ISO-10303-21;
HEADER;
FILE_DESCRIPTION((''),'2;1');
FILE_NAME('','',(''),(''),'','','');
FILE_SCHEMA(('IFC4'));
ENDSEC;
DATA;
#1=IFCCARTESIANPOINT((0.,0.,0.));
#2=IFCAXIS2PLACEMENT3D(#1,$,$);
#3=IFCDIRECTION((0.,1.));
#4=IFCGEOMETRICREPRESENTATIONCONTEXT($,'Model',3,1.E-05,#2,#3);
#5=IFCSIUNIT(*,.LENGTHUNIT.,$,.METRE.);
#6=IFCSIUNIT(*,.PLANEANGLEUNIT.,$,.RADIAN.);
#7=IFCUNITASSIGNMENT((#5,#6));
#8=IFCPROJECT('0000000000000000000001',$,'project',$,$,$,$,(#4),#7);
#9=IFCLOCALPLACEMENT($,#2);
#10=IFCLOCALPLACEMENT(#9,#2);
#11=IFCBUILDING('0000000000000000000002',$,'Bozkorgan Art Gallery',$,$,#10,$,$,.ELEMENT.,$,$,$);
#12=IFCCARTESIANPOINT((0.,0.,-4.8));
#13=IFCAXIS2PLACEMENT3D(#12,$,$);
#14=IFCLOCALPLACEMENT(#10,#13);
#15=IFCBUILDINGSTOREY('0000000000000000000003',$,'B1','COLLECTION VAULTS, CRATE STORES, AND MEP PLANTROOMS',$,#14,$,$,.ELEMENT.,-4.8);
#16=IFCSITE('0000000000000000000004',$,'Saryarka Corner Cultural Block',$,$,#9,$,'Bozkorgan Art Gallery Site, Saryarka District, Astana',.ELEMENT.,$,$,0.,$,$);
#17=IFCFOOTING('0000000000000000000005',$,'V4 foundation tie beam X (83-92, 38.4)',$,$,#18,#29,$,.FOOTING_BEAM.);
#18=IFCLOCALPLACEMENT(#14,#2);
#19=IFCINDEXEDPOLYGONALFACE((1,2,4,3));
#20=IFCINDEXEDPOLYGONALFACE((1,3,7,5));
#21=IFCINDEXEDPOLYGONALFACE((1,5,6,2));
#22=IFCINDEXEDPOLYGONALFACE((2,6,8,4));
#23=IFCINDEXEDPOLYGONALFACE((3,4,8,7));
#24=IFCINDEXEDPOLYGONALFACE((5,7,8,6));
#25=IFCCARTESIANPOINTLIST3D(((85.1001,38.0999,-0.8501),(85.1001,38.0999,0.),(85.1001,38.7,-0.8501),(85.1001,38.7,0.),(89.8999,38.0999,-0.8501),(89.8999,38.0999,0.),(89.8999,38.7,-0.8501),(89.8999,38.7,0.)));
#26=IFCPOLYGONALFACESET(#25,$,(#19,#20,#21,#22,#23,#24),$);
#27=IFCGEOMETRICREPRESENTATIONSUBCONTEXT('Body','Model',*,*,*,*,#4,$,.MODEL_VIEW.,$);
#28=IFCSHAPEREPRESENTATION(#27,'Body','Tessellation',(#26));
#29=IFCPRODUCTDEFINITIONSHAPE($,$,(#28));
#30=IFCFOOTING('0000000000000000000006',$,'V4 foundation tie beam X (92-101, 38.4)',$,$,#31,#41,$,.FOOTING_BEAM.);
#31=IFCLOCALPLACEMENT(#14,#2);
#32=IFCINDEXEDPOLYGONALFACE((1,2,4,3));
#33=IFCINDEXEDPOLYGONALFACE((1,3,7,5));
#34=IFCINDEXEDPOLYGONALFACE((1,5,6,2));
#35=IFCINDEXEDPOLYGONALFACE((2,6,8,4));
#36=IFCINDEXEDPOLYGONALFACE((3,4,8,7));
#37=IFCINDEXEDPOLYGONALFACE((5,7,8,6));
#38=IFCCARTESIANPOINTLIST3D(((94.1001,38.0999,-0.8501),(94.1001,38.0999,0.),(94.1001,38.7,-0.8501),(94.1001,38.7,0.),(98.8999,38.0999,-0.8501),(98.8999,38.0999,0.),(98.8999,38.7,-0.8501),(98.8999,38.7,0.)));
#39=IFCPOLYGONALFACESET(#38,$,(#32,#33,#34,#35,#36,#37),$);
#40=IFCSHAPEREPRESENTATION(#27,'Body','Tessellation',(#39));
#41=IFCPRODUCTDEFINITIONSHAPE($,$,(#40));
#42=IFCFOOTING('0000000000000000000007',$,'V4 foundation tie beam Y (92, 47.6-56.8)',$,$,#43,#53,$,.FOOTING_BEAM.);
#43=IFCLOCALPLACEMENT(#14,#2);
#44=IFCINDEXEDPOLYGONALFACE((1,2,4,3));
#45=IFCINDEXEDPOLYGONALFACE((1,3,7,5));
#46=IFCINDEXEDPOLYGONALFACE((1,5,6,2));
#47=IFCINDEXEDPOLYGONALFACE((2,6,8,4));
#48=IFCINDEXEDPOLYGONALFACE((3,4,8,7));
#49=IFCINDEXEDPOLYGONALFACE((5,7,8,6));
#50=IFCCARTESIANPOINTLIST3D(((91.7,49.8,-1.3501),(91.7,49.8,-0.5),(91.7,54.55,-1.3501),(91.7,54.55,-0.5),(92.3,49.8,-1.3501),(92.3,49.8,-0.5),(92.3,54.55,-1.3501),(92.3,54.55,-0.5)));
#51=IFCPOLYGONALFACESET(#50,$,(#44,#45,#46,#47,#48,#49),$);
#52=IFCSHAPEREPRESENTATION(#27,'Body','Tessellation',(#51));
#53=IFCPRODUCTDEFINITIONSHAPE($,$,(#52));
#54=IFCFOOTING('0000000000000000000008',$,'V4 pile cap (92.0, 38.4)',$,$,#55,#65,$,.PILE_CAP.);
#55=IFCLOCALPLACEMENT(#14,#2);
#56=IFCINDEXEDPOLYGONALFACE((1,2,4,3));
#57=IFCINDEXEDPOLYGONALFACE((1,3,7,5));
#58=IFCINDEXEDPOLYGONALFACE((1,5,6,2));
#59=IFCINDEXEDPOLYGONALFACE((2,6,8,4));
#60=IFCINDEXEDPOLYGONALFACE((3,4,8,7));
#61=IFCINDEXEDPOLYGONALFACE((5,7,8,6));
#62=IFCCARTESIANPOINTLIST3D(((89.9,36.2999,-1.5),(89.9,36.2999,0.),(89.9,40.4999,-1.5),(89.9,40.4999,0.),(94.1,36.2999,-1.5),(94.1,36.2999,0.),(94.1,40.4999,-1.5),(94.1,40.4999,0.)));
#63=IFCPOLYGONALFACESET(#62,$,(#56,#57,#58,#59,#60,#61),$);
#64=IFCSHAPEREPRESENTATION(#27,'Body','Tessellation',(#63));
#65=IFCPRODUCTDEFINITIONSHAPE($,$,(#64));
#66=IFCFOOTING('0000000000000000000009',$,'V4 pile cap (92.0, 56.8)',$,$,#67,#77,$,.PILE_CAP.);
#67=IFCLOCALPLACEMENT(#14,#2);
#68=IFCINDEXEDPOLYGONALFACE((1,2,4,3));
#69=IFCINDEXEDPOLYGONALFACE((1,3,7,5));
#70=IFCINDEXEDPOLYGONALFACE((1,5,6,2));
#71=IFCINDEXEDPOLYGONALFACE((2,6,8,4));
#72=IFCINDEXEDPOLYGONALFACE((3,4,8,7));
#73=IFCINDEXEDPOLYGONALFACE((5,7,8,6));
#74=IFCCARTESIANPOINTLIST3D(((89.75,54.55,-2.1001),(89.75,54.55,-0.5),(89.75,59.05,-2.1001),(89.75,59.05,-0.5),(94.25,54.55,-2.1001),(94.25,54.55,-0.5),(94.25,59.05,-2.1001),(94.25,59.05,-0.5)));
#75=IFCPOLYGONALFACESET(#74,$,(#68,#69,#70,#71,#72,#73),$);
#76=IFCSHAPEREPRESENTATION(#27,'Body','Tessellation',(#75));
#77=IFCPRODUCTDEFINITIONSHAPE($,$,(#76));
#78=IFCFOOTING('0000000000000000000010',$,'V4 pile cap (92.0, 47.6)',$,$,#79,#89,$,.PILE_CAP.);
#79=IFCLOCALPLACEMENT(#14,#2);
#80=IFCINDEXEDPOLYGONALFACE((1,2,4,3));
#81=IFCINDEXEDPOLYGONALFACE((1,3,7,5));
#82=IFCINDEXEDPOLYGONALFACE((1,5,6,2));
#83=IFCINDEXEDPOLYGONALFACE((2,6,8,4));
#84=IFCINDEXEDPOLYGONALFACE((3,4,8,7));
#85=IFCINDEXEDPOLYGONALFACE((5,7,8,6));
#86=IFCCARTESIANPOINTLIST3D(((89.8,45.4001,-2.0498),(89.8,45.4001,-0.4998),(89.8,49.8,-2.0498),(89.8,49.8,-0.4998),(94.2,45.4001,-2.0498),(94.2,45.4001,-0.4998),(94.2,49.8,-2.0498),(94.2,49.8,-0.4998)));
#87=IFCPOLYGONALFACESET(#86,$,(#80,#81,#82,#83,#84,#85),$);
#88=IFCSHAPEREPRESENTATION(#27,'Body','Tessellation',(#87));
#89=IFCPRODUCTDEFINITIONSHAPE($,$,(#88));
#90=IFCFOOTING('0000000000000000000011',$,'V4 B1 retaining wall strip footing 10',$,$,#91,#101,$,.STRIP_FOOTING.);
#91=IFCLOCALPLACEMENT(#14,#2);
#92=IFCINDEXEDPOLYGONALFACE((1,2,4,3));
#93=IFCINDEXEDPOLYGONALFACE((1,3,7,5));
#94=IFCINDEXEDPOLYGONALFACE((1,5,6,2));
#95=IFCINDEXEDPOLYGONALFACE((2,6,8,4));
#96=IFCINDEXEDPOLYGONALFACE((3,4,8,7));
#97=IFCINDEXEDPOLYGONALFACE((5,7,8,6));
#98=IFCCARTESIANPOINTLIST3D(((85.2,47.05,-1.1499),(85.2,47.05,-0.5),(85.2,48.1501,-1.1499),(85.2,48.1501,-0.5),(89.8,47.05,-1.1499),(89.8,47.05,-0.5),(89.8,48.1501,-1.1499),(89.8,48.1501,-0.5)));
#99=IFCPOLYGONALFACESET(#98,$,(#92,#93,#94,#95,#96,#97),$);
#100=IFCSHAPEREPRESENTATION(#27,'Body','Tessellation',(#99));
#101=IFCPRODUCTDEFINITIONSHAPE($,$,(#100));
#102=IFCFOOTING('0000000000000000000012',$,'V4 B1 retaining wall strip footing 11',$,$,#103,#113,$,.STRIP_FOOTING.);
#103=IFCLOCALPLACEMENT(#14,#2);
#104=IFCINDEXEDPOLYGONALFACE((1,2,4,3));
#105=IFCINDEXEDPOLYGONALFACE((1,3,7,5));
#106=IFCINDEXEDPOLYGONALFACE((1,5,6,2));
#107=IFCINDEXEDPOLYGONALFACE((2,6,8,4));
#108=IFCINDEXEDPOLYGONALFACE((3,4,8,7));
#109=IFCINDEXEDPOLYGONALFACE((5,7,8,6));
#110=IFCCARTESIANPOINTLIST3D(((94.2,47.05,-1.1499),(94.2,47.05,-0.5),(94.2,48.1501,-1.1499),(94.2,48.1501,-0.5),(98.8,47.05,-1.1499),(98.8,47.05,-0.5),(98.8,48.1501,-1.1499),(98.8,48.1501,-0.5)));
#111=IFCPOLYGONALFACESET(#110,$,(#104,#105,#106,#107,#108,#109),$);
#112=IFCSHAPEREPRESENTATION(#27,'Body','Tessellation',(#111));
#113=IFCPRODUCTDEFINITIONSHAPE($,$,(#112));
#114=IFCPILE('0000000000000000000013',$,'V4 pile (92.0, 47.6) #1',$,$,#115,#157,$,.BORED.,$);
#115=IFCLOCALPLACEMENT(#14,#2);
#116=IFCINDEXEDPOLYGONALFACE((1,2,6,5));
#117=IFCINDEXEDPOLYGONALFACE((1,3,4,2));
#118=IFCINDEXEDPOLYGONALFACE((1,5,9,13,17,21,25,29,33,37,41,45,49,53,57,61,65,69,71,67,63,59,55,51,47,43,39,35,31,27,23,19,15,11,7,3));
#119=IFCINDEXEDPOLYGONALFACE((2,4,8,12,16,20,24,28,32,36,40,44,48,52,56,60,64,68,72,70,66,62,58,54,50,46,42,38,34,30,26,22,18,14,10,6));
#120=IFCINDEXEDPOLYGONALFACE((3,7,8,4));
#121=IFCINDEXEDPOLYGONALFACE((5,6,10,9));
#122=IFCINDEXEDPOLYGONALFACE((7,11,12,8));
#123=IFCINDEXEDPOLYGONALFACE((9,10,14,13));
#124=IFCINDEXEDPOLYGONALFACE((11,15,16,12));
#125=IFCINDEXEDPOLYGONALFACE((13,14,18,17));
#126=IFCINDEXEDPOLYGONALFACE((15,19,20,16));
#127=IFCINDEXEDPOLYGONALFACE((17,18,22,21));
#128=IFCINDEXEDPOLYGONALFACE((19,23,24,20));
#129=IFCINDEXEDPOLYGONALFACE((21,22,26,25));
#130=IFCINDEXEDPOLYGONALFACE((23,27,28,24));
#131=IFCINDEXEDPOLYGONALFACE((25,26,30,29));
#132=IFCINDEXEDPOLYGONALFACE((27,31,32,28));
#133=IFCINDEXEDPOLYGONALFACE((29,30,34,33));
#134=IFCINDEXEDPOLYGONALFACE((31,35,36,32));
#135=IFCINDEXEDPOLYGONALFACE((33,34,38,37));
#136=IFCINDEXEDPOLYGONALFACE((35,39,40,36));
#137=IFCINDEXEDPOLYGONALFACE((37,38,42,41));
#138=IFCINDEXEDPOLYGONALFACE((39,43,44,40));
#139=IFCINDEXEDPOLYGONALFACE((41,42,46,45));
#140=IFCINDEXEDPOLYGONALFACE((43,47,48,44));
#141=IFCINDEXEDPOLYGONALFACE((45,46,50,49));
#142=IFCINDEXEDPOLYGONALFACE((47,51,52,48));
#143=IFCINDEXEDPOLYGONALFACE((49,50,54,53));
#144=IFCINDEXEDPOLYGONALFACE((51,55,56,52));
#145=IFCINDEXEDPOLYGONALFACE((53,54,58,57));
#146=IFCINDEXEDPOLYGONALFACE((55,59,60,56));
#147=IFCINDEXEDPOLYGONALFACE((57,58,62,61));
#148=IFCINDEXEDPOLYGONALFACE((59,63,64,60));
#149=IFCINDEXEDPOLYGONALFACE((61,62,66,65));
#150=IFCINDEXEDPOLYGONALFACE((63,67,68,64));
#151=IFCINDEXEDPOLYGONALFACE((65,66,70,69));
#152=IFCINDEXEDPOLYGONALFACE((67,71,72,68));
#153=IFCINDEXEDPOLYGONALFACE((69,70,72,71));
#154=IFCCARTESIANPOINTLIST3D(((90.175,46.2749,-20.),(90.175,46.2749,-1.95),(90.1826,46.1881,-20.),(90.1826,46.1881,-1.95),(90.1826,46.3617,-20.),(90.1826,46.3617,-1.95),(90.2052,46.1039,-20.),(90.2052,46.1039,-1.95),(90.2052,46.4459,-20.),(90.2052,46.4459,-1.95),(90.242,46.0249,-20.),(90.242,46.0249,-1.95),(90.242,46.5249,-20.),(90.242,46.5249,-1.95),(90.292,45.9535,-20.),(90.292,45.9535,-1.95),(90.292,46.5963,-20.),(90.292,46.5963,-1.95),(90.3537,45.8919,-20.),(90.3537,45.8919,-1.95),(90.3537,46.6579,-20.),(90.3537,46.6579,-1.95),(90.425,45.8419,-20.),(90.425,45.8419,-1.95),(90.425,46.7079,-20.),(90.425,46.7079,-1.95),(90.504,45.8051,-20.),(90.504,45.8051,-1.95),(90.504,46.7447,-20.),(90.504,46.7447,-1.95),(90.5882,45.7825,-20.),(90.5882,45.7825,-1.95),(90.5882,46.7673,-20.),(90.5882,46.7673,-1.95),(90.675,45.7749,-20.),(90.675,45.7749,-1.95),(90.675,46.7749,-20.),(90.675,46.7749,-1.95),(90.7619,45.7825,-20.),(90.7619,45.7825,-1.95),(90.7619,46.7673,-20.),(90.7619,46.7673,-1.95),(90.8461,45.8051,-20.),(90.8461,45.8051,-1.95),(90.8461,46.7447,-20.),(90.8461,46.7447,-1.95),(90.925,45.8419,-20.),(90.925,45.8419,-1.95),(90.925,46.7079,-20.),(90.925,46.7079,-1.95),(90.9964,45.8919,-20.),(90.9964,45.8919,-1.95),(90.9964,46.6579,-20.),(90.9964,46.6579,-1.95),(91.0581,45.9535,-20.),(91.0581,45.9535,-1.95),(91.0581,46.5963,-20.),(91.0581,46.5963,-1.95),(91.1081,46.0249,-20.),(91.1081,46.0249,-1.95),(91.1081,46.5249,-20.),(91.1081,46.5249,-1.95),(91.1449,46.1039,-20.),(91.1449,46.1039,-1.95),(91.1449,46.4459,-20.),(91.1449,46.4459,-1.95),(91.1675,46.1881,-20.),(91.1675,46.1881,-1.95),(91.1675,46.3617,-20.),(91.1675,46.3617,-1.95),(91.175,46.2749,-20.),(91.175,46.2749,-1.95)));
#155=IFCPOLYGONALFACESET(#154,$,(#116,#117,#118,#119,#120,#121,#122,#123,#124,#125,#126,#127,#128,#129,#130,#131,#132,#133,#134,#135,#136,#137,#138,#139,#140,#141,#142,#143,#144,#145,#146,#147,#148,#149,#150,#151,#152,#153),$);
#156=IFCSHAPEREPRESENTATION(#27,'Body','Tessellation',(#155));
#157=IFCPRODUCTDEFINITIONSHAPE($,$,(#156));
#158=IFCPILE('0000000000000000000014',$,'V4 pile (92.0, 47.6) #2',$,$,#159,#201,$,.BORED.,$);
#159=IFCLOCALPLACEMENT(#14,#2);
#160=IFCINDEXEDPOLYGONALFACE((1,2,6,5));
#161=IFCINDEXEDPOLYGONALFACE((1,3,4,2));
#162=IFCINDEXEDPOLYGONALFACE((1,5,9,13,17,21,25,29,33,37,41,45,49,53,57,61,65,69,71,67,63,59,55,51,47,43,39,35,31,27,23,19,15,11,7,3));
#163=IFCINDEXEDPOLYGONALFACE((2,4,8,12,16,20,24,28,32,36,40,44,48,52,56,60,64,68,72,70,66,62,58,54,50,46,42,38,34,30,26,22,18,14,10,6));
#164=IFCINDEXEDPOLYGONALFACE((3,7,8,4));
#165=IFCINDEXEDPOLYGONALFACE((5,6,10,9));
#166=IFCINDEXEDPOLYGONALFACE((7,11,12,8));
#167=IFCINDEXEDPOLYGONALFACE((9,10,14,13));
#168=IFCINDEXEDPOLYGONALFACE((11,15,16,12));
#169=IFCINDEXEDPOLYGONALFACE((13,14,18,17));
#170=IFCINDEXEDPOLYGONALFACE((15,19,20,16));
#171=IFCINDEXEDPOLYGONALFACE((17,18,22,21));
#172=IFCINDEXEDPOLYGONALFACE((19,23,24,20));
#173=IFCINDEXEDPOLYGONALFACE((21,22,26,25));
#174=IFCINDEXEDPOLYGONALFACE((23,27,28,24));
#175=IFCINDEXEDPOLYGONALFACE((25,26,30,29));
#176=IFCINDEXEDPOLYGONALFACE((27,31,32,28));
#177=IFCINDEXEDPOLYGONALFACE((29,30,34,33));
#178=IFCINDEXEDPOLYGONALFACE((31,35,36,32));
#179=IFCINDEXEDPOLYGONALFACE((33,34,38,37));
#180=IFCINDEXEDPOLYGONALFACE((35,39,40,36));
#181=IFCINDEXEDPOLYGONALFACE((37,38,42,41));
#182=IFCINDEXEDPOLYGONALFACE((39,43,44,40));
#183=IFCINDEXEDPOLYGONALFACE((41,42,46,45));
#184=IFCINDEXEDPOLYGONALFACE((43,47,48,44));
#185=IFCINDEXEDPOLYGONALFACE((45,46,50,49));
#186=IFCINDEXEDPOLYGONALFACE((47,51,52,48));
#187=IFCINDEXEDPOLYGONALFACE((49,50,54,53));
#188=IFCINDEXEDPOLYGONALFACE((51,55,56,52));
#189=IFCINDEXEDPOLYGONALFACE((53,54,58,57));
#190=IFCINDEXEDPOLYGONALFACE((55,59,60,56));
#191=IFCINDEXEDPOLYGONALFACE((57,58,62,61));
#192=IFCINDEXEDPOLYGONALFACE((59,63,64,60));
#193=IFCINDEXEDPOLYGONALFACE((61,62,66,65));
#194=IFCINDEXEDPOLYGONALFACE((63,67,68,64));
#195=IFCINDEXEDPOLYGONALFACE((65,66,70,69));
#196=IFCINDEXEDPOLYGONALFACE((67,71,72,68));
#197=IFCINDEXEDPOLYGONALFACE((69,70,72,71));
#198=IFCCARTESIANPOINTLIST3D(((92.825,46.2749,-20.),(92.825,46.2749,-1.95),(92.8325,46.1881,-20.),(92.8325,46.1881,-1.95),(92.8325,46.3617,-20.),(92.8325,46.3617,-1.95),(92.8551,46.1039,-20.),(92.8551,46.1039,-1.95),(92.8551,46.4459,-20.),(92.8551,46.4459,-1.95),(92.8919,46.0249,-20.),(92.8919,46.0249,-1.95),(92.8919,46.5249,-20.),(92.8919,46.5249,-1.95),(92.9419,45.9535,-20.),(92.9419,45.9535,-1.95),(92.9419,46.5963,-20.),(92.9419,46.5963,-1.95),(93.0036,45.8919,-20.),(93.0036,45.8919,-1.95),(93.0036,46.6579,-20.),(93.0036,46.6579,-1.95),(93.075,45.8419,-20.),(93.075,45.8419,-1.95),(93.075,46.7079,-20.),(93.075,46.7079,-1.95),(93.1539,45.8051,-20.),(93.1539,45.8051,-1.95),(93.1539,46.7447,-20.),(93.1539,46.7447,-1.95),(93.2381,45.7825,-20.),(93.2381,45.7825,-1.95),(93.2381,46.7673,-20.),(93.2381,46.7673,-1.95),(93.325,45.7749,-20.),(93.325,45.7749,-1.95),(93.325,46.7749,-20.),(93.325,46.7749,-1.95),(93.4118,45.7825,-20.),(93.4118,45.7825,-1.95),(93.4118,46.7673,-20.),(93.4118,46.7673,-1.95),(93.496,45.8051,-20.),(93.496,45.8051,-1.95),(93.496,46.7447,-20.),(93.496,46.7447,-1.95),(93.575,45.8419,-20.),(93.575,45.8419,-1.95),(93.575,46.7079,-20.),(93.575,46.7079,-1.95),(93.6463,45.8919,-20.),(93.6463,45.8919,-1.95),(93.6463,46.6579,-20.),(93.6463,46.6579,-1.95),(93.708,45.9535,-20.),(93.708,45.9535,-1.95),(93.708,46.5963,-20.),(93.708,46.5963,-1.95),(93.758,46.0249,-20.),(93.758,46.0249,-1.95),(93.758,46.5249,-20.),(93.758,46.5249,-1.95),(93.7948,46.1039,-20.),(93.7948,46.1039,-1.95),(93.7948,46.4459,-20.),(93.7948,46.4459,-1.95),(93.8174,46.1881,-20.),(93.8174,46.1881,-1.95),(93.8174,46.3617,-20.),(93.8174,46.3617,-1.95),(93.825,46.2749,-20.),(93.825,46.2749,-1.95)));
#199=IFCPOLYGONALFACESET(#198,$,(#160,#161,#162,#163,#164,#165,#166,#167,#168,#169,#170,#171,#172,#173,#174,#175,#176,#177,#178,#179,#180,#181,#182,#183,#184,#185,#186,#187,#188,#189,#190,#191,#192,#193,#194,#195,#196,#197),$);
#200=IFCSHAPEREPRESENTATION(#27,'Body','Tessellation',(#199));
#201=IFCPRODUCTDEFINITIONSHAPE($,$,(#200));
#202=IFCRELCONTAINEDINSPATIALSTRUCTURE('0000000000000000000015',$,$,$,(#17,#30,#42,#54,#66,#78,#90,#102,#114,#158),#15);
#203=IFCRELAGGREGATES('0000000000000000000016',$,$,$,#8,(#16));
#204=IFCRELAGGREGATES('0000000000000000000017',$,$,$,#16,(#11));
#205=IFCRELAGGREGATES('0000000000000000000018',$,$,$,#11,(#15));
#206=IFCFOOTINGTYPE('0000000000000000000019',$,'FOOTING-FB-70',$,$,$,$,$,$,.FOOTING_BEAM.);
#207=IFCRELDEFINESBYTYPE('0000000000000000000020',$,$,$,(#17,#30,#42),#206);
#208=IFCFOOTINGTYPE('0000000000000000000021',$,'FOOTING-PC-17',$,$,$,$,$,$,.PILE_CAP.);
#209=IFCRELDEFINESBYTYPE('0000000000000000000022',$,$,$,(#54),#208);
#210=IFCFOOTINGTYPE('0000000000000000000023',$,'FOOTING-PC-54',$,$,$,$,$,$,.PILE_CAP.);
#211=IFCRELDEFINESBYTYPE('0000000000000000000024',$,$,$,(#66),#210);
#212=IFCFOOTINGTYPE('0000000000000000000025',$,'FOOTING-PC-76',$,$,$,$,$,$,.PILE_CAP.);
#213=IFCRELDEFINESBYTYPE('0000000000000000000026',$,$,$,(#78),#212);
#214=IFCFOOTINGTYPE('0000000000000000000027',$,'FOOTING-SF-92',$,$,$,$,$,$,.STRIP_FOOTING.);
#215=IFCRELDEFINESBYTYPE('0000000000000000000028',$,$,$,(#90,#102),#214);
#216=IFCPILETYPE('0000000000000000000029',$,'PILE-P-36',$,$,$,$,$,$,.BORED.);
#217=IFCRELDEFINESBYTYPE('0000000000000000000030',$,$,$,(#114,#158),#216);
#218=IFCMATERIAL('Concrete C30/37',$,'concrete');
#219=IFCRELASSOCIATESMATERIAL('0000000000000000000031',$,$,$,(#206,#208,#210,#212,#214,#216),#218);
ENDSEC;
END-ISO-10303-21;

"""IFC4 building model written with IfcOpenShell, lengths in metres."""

from ifc_helpers import new_model, si_unit, direction, frame, origin, origin_2d, place, context, subcontext, project, spatial, rectangle, circle, extrude, material, material_profile, profile_set, type_object, element, save


model = new_model("IFC4")

# Units and contexts
model_context = context("Model", 3, precision=1e-05, world=origin(), true_north=direction((0.0, 1.0)))
body_context = subcontext(model_context, "Body", "Model", "MODEL_VIEW")
ifc_project = project(units=[si_unit("LENGTHUNIT", "METRE"), si_unit("PLANEANGLEUNIT", "RADIAN")], contexts=[model_context])

# Site, building, storey
site_placement = place(None, origin())
site = spatial("IfcSite", under=ifc_project, at=site_placement, Name="Saryarka Corner Cultural Block", LongName="Bozkorgan Art Gallery Site, Saryarka District, Astana", CompositionType="ELEMENT", RefElevation=0.0)
building_placement = place(site_placement, origin())
building = spatial("IfcBuilding", under=site, at=building_placement, Name="Bozkorgan Art Gallery", CompositionType="ELEMENT")
storey_placement = place(building_placement, frame((0.0, 0.0, -4.8)))
storey = spatial("IfcBuildingStorey", under=building, at=storey_placement, Name="B1", Description="COLLECTION VAULTS, CRATE STORES, AND MEP PLANTROOMS", CompositionType="ELEMENT", Elevation=-4.8)

# Footings
ifc_material_1 = material(Name="Concrete C30/37", Category="concrete")
ifc_material_profile_1 = material_profile(ifc_material_1, rectangle(XDim=0.6001, YDim=0.8501, at=origin_2d()), Name="FND 600x850")
ifc_profile_set_1 = profile_set([ifc_material_profile_1], Name="Concrete C30/37")
footing_type_1 = type_object("IfcFootingType", Name="FOOTING-FB-70", PredefinedType="FOOTING_BEAM", material=ifc_profile_set_1)
for number, where, z_axis, x_axis, name in (
    (1, (85.1001, 38.3999, -0.425), (1.0, 0.0, 0.0), (0.0, 1.0, 0.0), "V4 foundation tie beam X (83-92, 38.4)"),
    (2, (94.1001, 38.3999, -0.425), (1.0, 0.0, 0.0), (0.0, 1.0, 0.0), "V4 foundation tie beam X (92-101, 38.4)"),
):
    element("IfcFooting", number, at=place(storey_placement, frame(where, z_axis=z_axis, x_axis=x_axis)), inside=storey, type_object=footing_type_1, Name=name, PredefinedType="FOOTING_BEAM", context=body_context, shape_type="SweptSolid", body=[
        extrude(rectangle(XDim=0.6001, YDim=0.8501, at=origin_2d()), origin(), (0.0, 0.0, 1.0), 4.7998),
    ])
footing_1_placement = place(storey_placement, frame((92.0, 49.8, -0.925), z_axis=(0.0, 1.0, 0.0), x_axis=(-1.0, 0.0, 0.0)))
element("IfcFooting", 3, at=footing_1_placement, inside=storey, type_object=footing_type_1, Name="V4 foundation tie beam Y (92, 47.6-56.8)", PredefinedType="FOOTING_BEAM", context=body_context, shape_type="SweptSolid", body=[
    extrude(rectangle(XDim=0.6001, YDim=0.8501, at=origin_2d()), origin(), (0.0, 0.0, 1.0), 4.75),
])
footing_type_2 = type_object("IfcFootingType", Name="FOOTING-PC-17", PredefinedType="PILE_CAP", material=ifc_material_1)
footing_2_placement = place(storey_placement, frame((92.0, 38.3999, -1.5), z_axis=(0.0, 0.0, 1.0), x_axis=(1.0, 0.0, 0.0)))
element("IfcFooting", 4, at=footing_2_placement, inside=storey, type_object=footing_type_2, Name="V4 pile cap (92.0, 38.4)", PredefinedType="PILE_CAP", context=body_context, shape_type="SweptSolid", body=[
    extrude(rectangle(XDim=4.2, YDim=4.2, at=origin_2d()), origin(), (0.0, 0.0, 1.0), 1.5),
])
footing_type_3 = type_object("IfcFootingType", Name="FOOTING-PC-54", PredefinedType="PILE_CAP", material=ifc_material_1)
footing_3_placement = place(storey_placement, frame((92.0, 56.8, -2.1001), z_axis=(0.0, 0.0, 1.0), x_axis=(1.0, 0.0, 0.0)))
element("IfcFooting", 5, at=footing_3_placement, inside=storey, type_object=footing_type_3, Name="V4 pile cap (92.0, 56.8)", PredefinedType="PILE_CAP", context=body_context, shape_type="SweptSolid", body=[
    extrude(rectangle(XDim=4.5, YDim=4.5, at=origin_2d()), origin(), (0.0, 0.0, 1.0), 1.6001),
])
footing_type_4 = type_object("IfcFootingType", Name="FOOTING-PC-76", PredefinedType="PILE_CAP", material=ifc_material_1)
footing_4_placement = place(storey_placement, frame((92.0, 47.6001, -2.0498), z_axis=(0.0, 0.0, 1.0), x_axis=(1.0, 0.0, 0.0)))
element("IfcFooting", 6, at=footing_4_placement, inside=storey, type_object=footing_type_4, Name="V4 pile cap (92.0, 47.6)", PredefinedType="PILE_CAP", context=body_context, shape_type="SweptSolid", body=[
    extrude(rectangle(XDim=4.3999, YDim=4.3999, at=origin_2d()), origin(), (0.0, 0.0, 1.0), 1.55),
])
ifc_material_profile_2 = material_profile(ifc_material_1, rectangle(XDim=1.1001, YDim=0.6499, at=origin_2d()), Name="FND 1100x650")
ifc_profile_set_2 = profile_set([ifc_material_profile_2], Name="Concrete C30/37")
footing_type_5 = type_object("IfcFootingType", Name="FOOTING-SF-92", PredefinedType="STRIP_FOOTING", material=ifc_profile_set_2)
for number, where, z_axis, x_axis, name in (
    (7, (85.2, 47.6001, -0.825), (1.0, 0.0, 0.0), (0.0, 1.0, 0.0), "V4 B1 retaining wall strip footing 10"),
    (8, (94.2, 47.6001, -0.825), (1.0, 0.0, 0.0), (0.0, 1.0, 0.0), "V4 B1 retaining wall strip footing 11"),
):
    element("IfcFooting", number, at=place(storey_placement, frame(where, z_axis=z_axis, x_axis=x_axis)), inside=storey, type_object=footing_type_5, Name=name, PredefinedType="STRIP_FOOTING", context=body_context, shape_type="SweptSolid", body=[
        extrude(rectangle(XDim=1.1001, YDim=0.6499, at=origin_2d()), origin(), (0.0, 0.0, 1.0), 4.6001),
    ])

# Piles
ifc_material_profile_3 = material_profile(ifc_material_1, circle(Radius=0.5, at=origin_2d()), Name="PILE D1000")
ifc_profile_set_3 = profile_set([ifc_material_profile_3], Name="Concrete C30/37")
pile_type_1 = type_object("IfcPileType", Name="PILE-P-36", PredefinedType="BORED", material=ifc_profile_set_3)
for number, where, z_axis, x_axis, name in (
    (9, (90.675, 46.2749, -1.95), (0.0, 0.0, -1.0), (1.0, 0.0, 0.0), "V4 pile (92.0, 47.6) #1"),
    (10, (93.325, 46.2749, -1.95), (0.0, 0.0, -1.0), (1.0, 0.0, 0.0), "V4 pile (92.0, 47.6) #2"),
):
    element("IfcPile", number, at=place(storey_placement, frame(where, z_axis=z_axis, x_axis=x_axis)), inside=storey, type_object=pile_type_1, Name=name, PredefinedType="BORED", context=body_context, shape_type="SweptSolid", body=[
        extrude(circle(Radius=0.5, at=origin_2d()), origin(), (0.0, 0.0, 1.0), 18.05),
    ])

save(model, "model.ifc")
